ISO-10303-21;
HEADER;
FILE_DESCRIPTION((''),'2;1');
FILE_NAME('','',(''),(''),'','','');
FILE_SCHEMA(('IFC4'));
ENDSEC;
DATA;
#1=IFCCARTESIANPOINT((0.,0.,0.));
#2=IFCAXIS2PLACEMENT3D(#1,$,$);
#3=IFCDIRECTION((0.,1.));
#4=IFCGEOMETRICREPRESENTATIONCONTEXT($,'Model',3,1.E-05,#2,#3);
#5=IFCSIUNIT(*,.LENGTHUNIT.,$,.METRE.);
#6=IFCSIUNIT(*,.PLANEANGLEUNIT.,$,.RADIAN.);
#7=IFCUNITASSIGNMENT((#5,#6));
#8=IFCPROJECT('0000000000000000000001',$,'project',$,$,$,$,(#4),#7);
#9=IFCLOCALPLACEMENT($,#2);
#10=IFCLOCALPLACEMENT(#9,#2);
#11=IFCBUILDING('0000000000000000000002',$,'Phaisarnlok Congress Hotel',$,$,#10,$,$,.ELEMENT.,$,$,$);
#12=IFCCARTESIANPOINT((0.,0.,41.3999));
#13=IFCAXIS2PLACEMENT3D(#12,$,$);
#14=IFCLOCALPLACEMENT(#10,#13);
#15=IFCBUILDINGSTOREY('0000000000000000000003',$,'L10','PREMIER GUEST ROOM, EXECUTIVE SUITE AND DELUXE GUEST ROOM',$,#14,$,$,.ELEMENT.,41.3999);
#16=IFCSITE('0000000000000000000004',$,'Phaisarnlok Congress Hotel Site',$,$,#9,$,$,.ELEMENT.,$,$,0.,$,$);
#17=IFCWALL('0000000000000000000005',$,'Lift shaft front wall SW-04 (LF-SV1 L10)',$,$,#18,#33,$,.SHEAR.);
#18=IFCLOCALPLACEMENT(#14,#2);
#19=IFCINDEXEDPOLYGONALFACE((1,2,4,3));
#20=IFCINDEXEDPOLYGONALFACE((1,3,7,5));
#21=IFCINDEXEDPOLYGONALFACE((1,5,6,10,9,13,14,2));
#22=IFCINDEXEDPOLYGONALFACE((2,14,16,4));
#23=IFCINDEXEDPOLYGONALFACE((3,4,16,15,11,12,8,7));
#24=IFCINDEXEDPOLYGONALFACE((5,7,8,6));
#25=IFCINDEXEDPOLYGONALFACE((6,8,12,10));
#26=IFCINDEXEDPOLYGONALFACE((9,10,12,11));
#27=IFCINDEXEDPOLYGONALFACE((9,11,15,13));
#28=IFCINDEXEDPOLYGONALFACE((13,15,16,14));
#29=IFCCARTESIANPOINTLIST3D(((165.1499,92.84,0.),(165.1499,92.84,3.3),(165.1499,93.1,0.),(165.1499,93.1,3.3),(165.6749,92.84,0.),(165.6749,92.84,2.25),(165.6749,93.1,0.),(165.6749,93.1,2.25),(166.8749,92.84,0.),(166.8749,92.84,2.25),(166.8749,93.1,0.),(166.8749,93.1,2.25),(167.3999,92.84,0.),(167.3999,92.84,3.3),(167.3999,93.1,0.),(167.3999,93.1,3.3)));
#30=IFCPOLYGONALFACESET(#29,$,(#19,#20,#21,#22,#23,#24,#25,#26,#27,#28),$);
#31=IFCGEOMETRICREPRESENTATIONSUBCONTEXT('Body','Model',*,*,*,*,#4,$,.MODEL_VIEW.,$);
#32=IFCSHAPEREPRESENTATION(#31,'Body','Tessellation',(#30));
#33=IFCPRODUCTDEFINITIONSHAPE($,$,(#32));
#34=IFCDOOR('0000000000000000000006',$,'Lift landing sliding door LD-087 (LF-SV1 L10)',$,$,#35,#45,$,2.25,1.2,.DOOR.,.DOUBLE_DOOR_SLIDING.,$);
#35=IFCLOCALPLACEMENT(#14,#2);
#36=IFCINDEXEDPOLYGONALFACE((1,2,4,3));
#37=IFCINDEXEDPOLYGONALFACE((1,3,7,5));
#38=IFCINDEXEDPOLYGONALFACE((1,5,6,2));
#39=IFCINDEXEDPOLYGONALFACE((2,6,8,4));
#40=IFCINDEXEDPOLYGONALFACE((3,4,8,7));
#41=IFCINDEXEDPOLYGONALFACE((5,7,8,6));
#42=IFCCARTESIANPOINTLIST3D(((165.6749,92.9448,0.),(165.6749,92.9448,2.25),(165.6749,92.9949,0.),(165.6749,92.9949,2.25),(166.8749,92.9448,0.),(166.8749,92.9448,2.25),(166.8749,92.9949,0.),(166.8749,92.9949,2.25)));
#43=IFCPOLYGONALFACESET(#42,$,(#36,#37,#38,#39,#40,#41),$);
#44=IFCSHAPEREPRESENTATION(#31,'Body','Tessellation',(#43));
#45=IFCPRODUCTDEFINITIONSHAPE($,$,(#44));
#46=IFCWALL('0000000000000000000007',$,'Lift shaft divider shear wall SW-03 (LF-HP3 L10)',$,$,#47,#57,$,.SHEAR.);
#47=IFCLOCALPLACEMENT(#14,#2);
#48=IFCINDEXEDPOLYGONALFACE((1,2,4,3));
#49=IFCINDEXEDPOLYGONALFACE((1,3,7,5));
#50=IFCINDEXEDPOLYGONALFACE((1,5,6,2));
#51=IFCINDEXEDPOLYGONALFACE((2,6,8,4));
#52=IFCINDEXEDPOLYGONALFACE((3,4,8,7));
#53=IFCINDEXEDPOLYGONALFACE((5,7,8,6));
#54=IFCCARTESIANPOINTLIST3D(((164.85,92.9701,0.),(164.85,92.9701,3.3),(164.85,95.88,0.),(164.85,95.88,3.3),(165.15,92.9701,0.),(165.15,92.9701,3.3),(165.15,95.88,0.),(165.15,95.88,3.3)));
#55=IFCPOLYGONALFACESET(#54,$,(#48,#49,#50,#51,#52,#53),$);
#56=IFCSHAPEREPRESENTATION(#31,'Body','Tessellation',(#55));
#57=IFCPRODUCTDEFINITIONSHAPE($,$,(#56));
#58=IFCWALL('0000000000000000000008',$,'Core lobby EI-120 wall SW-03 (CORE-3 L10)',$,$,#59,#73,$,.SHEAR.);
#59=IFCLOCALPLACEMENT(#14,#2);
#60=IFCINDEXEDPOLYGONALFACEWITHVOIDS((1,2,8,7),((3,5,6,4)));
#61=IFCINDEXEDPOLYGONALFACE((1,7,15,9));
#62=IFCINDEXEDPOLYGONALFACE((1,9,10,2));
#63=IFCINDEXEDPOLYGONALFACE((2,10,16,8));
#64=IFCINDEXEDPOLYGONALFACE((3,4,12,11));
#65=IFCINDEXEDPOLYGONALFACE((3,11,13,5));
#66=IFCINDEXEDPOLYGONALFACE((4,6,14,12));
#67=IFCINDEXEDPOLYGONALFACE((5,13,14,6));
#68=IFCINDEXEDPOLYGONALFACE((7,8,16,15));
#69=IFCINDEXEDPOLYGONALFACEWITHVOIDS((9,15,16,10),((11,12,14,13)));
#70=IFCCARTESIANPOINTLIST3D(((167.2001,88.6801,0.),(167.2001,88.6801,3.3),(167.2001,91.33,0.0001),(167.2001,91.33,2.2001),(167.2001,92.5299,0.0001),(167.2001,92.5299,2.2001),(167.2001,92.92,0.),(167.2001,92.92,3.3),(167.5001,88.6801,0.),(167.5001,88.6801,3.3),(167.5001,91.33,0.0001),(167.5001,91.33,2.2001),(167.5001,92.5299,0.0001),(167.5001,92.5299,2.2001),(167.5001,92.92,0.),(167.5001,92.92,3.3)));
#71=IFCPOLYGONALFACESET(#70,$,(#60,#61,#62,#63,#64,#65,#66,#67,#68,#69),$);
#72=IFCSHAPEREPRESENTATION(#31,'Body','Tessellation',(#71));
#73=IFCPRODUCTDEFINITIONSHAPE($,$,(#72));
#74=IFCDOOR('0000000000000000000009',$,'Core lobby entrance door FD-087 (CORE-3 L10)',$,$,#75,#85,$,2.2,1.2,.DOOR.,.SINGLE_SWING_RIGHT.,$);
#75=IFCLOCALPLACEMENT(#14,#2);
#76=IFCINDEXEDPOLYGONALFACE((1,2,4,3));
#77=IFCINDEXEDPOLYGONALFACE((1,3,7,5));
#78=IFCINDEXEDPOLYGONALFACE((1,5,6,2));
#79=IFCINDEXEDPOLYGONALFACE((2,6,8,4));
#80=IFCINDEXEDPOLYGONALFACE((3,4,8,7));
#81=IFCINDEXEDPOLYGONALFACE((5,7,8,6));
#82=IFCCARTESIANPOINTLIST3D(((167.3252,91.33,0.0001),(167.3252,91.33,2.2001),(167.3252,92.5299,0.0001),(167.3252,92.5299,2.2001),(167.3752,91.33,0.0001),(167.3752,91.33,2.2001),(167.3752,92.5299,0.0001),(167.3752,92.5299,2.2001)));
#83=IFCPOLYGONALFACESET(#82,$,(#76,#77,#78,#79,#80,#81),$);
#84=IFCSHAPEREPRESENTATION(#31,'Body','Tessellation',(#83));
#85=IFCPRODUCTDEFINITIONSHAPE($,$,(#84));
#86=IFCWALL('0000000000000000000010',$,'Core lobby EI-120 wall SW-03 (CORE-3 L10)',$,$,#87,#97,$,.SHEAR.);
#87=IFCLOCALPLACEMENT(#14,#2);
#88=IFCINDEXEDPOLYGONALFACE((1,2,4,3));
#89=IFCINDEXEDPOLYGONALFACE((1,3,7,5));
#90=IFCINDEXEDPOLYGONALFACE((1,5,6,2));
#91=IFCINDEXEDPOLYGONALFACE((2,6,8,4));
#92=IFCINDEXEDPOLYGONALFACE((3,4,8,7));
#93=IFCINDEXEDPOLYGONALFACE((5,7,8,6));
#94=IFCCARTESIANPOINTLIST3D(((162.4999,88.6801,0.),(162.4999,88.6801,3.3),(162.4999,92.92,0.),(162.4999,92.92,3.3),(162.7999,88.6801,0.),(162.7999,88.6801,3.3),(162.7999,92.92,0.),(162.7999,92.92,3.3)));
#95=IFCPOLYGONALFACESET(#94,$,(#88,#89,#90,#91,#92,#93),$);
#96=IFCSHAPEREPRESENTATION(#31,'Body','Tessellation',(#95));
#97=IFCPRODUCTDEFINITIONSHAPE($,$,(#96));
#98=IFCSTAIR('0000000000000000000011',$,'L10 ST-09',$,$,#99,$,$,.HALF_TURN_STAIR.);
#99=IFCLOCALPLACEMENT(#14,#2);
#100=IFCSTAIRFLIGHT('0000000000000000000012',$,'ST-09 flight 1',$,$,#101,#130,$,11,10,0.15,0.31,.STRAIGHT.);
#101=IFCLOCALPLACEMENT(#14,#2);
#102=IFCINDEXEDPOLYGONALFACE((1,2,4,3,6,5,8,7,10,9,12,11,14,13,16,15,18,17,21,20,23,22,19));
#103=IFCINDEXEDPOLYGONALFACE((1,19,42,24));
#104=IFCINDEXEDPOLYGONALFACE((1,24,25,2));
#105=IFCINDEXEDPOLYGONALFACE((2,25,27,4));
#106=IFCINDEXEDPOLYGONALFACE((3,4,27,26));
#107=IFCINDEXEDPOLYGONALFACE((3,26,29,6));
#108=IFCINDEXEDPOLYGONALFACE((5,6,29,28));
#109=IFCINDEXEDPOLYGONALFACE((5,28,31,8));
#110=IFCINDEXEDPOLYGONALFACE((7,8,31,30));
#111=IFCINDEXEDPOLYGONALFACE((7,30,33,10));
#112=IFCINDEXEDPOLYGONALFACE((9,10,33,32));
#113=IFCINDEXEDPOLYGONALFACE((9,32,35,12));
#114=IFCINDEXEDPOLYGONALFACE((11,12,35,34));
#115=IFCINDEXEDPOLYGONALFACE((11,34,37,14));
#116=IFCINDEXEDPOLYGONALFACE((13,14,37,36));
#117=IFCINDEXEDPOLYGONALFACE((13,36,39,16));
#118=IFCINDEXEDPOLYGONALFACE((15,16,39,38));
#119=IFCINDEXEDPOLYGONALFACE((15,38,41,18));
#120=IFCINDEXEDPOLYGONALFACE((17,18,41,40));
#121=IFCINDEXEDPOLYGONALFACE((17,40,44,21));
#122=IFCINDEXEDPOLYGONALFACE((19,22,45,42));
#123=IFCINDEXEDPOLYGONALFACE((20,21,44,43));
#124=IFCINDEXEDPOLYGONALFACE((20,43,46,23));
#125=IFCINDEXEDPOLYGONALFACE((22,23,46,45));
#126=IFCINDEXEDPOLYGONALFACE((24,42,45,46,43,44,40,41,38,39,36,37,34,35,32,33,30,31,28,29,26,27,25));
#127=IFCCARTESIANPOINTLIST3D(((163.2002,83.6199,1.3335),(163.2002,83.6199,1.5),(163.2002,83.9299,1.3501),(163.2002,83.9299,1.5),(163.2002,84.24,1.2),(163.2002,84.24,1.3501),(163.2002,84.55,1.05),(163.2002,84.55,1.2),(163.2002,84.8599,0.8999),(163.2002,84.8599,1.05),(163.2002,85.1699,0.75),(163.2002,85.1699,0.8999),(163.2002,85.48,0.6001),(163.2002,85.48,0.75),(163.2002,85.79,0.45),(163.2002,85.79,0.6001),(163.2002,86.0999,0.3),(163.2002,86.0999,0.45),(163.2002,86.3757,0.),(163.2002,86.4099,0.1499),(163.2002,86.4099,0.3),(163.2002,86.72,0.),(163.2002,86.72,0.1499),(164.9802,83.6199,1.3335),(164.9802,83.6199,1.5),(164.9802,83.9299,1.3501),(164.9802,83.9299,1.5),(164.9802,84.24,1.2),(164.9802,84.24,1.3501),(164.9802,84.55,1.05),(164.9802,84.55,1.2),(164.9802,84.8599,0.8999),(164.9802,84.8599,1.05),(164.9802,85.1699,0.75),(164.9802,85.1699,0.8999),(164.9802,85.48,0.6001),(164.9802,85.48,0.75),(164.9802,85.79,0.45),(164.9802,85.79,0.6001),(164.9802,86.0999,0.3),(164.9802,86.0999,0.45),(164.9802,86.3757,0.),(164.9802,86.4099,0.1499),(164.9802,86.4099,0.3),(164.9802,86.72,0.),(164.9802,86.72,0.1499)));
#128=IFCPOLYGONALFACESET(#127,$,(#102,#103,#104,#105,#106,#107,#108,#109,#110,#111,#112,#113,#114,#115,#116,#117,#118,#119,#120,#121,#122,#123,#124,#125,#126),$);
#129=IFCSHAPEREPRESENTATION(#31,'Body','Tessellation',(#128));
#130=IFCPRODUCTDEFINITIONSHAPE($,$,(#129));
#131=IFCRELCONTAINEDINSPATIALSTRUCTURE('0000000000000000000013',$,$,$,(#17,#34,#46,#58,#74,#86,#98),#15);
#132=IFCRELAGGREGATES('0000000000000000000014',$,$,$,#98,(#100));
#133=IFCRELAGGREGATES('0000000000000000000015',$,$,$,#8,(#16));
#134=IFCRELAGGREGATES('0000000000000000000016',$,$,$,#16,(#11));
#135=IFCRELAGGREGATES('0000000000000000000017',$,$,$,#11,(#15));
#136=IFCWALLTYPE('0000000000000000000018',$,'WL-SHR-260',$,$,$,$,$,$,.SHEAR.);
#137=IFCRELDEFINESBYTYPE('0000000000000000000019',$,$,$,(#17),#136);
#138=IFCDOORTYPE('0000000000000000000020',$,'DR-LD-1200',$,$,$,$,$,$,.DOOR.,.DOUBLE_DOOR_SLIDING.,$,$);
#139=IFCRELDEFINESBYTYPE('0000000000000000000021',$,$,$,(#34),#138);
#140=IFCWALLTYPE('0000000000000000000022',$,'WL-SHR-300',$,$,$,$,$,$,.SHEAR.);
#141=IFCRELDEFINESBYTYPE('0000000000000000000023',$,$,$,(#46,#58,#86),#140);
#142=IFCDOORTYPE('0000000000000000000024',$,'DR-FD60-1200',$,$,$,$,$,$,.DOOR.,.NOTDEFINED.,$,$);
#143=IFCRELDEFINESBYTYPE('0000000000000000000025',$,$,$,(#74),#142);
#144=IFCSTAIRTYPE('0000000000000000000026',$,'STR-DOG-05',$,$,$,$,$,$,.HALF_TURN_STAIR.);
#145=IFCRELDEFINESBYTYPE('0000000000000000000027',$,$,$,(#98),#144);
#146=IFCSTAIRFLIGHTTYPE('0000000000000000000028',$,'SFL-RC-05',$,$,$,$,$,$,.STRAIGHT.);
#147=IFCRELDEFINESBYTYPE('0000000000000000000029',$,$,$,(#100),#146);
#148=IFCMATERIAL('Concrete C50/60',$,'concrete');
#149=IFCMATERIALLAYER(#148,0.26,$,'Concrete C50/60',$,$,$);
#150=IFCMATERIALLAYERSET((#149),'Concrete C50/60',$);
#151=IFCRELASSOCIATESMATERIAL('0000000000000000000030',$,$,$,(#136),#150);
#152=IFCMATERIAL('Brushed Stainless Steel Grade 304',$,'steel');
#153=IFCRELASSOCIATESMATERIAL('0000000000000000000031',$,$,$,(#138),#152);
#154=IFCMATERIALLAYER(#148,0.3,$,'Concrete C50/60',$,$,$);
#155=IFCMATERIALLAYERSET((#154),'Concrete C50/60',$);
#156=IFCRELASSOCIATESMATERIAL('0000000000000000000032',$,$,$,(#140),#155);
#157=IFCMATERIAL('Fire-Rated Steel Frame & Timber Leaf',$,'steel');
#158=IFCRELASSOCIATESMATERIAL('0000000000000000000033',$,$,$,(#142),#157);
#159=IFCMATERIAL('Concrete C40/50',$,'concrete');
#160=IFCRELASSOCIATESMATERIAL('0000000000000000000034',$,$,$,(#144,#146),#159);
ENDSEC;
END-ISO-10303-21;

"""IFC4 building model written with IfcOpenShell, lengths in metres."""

from ifc_helpers import new_model, si_unit, direction, frame, frame_2d, origin, place, context, subcontext, project, spatial, polyline, rectangle, outline, extrude, material, layer, layer_set, type_object, element, fill, aggregate, save


model = new_model("IFC4")

# Units and contexts
model_context = context("Model", 3, precision=1e-05, world=origin(), true_north=direction((0.0, 1.0)))
body_context = subcontext(model_context, "Body", "Model", "MODEL_VIEW")
ifc_project = project(units=[si_unit("LENGTHUNIT", "METRE"), si_unit("PLANEANGLEUNIT", "RADIAN")], contexts=[model_context])

# Site, building, storey
site_placement = place(None, origin())
site = spatial("IfcSite", under=ifc_project, at=site_placement, Name="Phaisarnlok Congress Hotel Site", CompositionType="ELEMENT", RefElevation=0.0)
building_placement = place(site_placement, origin())
building = spatial("IfcBuilding", under=site, at=building_placement, Name="Phaisarnlok Congress Hotel", CompositionType="ELEMENT")
storey_placement = place(building_placement, frame((0.0, 0.0, 41.3999)))
storey = spatial("IfcBuildingStorey", under=building, at=storey_placement, Name="L10", Description="PREMIER GUEST ROOM, EXECUTIVE SUITE AND DELUXE GUEST ROOM", CompositionType="ELEMENT", Elevation=41.3999)

# Shared definitions
ifc_material_1 = material(Name="Concrete C50/60", Category="concrete")

# Shared definitions
ifc_material_2 = material(Name="Concrete C40/50", Category="concrete")

# Shared definitions
ifc_layer_1 = layer(ifc_material_1, 0.26, Name="Concrete C50/60")
ifc_layer_set_1 = layer_set([ifc_layer_1], Name="Concrete C50/60")
wall_type_1 = type_object("IfcWallType", Name="WL-SHR-260", PredefinedType="SHEAR", material=ifc_layer_set_1)
ifc_material_3 = material(Name="Fire-Rated Steel Frame & Timber Leaf", Category="steel")

# Shared definitions
ifc_material_4 = material(Name="Brushed Stainless Steel Grade 304", Category="steel")

# Wall, opening, door
wall_1_placement = place(storey_placement, frame((165.1499, 92.97, 0.0), z_axis=(0.0, 0.0, 1.0), x_axis=(1.0, 0.0, 0.0)))
wall_1 = element("IfcWall", 1, at=wall_1_placement, inside=storey, type_object=wall_type_1, Name="Lift shaft front wall SW-04 (LF-SV1 L10)", PredefinedType="SHEAR", context=body_context, shape_type="SweptSolid", body=[
    extrude(rectangle(XDim=2.25, YDim=0.26, at=frame_2d((1.125, 0.0))), origin(), (0.0, 0.0, 1.0), 3.3),
])
opening_1_placement = place(wall_1_placement, frame((0.5249, 0.0, 0.0)))
opening_1 = element("IfcOpeningElement", 2, at=opening_1_placement, cuts=wall_1, PredefinedType="OPENING", context=body_context, shape_type="SweptSolid", body=[
    extrude(rectangle(XDim=1.2, YDim=2.25, at=frame_2d((0.6001, 1.125))), frame((0.0, 0.1401, 0.0), z_axis=(0.0, -1.0, 0.0), x_axis=(1.0, 0.0, 0.0)), (0.0, 0.0, 1.0), 0.28),
])
door_type_1 = type_object("IfcDoorType", Name="DR-LD-1200", OperationType="DOUBLE_DOOR_SLIDING", PredefinedType="DOOR", material=ifc_material_4)
door_1_placement = place(opening_1_placement, origin())
door_1 = element("IfcDoor", 3, at=door_1_placement, inside=storey, type_object=door_type_1, Name="Lift landing sliding door LD-087 (LF-SV1 L10)", OperationType="DOUBLE_DOOR_SLIDING", OverallHeight=2.25, OverallWidth=1.2, PredefinedType="DOOR", context=body_context, shape_type="SweptSolid", body=[
    extrude(rectangle(XDim=1.2, YDim=2.25, at=frame_2d((0.6001, 1.125))), frame((0.0, 0.0249, 0.0), z_axis=(0.0, -1.0, 0.0), x_axis=(1.0, 0.0, 0.0)), (0.0, 0.0, 1.0), 0.05),
])
fill(opening_1, door_1)

# Wall
ifc_layer_2 = layer(ifc_material_1, 0.3, Name="Concrete C50/60")
ifc_layer_set_2 = layer_set([ifc_layer_2], Name="Concrete C50/60")
wall_type_2 = type_object("IfcWallType", Name="WL-SHR-300", PredefinedType="SHEAR", material=ifc_layer_set_2)
wall_2_placement = place(storey_placement, frame((165.0, 92.97, 0.0), z_axis=(0.0, 0.0, 1.0), x_axis=(0.0, 1.0, 0.0)))
element("IfcWall", 4, at=wall_2_placement, inside=storey, type_object=wall_type_2, Name="Lift shaft divider shear wall SW-03 (LF-HP3 L10)", PredefinedType="SHEAR", context=body_context, shape_type="SweptSolid", body=[
    extrude(rectangle(XDim=2.9099, YDim=0.3, at=frame_2d((1.4551, 0.0))), origin(), (0.0, 0.0, 1.0), 3.3),
])

# Wall, opening, door
wall_3_placement = place(storey_placement, frame((167.3501, 88.6799, 0.0), z_axis=(0.0, 0.0, 1.0), x_axis=(0.0, 1.0, 0.0)))
wall_3 = element("IfcWall", 5, at=wall_3_placement, inside=storey, type_object=wall_type_2, Name="Core lobby EI-120 wall SW-03 (CORE-3 L10)", PredefinedType="SHEAR", context=body_context, shape_type="SweptSolid", body=[
    extrude(rectangle(XDim=4.24, YDim=0.3, at=frame_2d((2.1201, 0.0))), origin(), (0.0, 0.0, 1.0), 3.3),
])
opening_2_placement = place(wall_3_placement, frame((2.6499, 0.0, 0.0)))
opening_2 = element("IfcOpeningElement", 6, at=opening_2_placement, cuts=wall_3, PredefinedType="OPENING", context=body_context, shape_type="SweptSolid", body=[
    extrude(rectangle(XDim=1.2, YDim=2.2, at=frame_2d((0.6001, 1.1001))), frame((0.0, 0.1602, 0.0), z_axis=(0.0, -1.0, 0.0), x_axis=(1.0, 0.0, 0.0)), (0.0, 0.0, 1.0), 0.3201),
])
door_type_2 = type_object("IfcDoorType", Name="DR-FD60-1200", OperationType="NOTDEFINED", PredefinedType="DOOR", material=ifc_material_3)
door_2_placement = place(opening_2_placement, origin())
door_2 = element("IfcDoor", 7, at=door_2_placement, inside=storey, type_object=door_type_2, Name="Core lobby entrance door FD-087 (CORE-3 L10)", OperationType="SINGLE_SWING_RIGHT", OverallHeight=2.2, OverallWidth=1.2, PredefinedType="DOOR", context=body_context, shape_type="SweptSolid", body=[
    extrude(rectangle(XDim=1.2, YDim=2.2, at=frame_2d((0.6001, 1.1001))), frame((0.0, 0.0249, 0.0), z_axis=(0.0, -1.0, 0.0), x_axis=(1.0, 0.0, 0.0)), (0.0, 0.0, 1.0), 0.05),
])
fill(opening_2, door_2)

# Wall
wall_4_placement = place(storey_placement, frame((162.6499, 88.6799, 0.0), z_axis=(0.0, 0.0, 1.0), x_axis=(0.0, 1.0, 0.0)))
element("IfcWall", 8, at=wall_4_placement, inside=storey, type_object=wall_type_2, Name="Core lobby EI-120 wall SW-03 (CORE-3 L10)", PredefinedType="SHEAR", context=body_context, shape_type="SweptSolid", body=[
    extrude(rectangle(XDim=4.24, YDim=0.3, at=frame_2d((2.1201, 0.0))), origin(), (0.0, 0.0, 1.0), 3.3),
])

# Stair, stair flight
stair_type = type_object("IfcStairType", Name="STR-DOG-05", PredefinedType="HALF_TURN_STAIR", material=ifc_material_2)
stair_placement = place(storey_placement, origin())
stair = element("IfcStair", 9, at=stair_placement, inside=storey, type_object=stair_type, Name="L10 ST-09", PredefinedType="HALF_TURN_STAIR")
stair_flight_type = type_object("IfcStairFlightType", Name="SFL-RC-05", PredefinedType="STRAIGHT", material=ifc_material_2)
stair_flight_placement = place(storey_placement, frame((164.0901, 86.72, 0.0), z_axis=(0.0, 0.0, 1.0), x_axis=(0.0, -1.0, 0.0)))
stair_flight = element("IfcStairFlight", 10, at=stair_flight_placement, type_object=stair_flight_type, Name="ST-09 flight 1", NumberOfRisers=11, NumberOfTreads=10, PredefinedType="STRAIGHT", RiserHeight=0.15, TreadLength=0.31, context=body_context, shape_type="SweptSolid", body=[
    extrude(outline(polyline([(0.0, 0.0), (0.0, 0.1499), (0.3101, 0.1499), (0.3101, 0.3), (0.6201, 0.3), (0.6201, 0.45), (0.9299, 0.45), (0.9299, 0.6001), (1.24, 0.6001), (1.24, 0.75), (1.55, 0.75), (1.55, 0.8999), (1.8601, 0.8999), (1.8601, 1.05), (2.1699, 1.05), (2.1699, 1.2), (2.48, 1.2), (2.48, 1.3501), (2.79, 1.3501), (2.79, 1.5), (3.1001, 1.5), (3.1001, 1.6499), (3.1001, 1.3335), (0.3442, 0.0), (0.0, 0.0)])), frame((0.0, 0.8901, 0.0), z_axis=(0.0, -1.0, 0.0), x_axis=(1.0, 0.0, 0.0)), (0.0, 0.0, 1.0), 1.78),
])
aggregate(stair, [stair_flight])

save(model, "model.ifc")
